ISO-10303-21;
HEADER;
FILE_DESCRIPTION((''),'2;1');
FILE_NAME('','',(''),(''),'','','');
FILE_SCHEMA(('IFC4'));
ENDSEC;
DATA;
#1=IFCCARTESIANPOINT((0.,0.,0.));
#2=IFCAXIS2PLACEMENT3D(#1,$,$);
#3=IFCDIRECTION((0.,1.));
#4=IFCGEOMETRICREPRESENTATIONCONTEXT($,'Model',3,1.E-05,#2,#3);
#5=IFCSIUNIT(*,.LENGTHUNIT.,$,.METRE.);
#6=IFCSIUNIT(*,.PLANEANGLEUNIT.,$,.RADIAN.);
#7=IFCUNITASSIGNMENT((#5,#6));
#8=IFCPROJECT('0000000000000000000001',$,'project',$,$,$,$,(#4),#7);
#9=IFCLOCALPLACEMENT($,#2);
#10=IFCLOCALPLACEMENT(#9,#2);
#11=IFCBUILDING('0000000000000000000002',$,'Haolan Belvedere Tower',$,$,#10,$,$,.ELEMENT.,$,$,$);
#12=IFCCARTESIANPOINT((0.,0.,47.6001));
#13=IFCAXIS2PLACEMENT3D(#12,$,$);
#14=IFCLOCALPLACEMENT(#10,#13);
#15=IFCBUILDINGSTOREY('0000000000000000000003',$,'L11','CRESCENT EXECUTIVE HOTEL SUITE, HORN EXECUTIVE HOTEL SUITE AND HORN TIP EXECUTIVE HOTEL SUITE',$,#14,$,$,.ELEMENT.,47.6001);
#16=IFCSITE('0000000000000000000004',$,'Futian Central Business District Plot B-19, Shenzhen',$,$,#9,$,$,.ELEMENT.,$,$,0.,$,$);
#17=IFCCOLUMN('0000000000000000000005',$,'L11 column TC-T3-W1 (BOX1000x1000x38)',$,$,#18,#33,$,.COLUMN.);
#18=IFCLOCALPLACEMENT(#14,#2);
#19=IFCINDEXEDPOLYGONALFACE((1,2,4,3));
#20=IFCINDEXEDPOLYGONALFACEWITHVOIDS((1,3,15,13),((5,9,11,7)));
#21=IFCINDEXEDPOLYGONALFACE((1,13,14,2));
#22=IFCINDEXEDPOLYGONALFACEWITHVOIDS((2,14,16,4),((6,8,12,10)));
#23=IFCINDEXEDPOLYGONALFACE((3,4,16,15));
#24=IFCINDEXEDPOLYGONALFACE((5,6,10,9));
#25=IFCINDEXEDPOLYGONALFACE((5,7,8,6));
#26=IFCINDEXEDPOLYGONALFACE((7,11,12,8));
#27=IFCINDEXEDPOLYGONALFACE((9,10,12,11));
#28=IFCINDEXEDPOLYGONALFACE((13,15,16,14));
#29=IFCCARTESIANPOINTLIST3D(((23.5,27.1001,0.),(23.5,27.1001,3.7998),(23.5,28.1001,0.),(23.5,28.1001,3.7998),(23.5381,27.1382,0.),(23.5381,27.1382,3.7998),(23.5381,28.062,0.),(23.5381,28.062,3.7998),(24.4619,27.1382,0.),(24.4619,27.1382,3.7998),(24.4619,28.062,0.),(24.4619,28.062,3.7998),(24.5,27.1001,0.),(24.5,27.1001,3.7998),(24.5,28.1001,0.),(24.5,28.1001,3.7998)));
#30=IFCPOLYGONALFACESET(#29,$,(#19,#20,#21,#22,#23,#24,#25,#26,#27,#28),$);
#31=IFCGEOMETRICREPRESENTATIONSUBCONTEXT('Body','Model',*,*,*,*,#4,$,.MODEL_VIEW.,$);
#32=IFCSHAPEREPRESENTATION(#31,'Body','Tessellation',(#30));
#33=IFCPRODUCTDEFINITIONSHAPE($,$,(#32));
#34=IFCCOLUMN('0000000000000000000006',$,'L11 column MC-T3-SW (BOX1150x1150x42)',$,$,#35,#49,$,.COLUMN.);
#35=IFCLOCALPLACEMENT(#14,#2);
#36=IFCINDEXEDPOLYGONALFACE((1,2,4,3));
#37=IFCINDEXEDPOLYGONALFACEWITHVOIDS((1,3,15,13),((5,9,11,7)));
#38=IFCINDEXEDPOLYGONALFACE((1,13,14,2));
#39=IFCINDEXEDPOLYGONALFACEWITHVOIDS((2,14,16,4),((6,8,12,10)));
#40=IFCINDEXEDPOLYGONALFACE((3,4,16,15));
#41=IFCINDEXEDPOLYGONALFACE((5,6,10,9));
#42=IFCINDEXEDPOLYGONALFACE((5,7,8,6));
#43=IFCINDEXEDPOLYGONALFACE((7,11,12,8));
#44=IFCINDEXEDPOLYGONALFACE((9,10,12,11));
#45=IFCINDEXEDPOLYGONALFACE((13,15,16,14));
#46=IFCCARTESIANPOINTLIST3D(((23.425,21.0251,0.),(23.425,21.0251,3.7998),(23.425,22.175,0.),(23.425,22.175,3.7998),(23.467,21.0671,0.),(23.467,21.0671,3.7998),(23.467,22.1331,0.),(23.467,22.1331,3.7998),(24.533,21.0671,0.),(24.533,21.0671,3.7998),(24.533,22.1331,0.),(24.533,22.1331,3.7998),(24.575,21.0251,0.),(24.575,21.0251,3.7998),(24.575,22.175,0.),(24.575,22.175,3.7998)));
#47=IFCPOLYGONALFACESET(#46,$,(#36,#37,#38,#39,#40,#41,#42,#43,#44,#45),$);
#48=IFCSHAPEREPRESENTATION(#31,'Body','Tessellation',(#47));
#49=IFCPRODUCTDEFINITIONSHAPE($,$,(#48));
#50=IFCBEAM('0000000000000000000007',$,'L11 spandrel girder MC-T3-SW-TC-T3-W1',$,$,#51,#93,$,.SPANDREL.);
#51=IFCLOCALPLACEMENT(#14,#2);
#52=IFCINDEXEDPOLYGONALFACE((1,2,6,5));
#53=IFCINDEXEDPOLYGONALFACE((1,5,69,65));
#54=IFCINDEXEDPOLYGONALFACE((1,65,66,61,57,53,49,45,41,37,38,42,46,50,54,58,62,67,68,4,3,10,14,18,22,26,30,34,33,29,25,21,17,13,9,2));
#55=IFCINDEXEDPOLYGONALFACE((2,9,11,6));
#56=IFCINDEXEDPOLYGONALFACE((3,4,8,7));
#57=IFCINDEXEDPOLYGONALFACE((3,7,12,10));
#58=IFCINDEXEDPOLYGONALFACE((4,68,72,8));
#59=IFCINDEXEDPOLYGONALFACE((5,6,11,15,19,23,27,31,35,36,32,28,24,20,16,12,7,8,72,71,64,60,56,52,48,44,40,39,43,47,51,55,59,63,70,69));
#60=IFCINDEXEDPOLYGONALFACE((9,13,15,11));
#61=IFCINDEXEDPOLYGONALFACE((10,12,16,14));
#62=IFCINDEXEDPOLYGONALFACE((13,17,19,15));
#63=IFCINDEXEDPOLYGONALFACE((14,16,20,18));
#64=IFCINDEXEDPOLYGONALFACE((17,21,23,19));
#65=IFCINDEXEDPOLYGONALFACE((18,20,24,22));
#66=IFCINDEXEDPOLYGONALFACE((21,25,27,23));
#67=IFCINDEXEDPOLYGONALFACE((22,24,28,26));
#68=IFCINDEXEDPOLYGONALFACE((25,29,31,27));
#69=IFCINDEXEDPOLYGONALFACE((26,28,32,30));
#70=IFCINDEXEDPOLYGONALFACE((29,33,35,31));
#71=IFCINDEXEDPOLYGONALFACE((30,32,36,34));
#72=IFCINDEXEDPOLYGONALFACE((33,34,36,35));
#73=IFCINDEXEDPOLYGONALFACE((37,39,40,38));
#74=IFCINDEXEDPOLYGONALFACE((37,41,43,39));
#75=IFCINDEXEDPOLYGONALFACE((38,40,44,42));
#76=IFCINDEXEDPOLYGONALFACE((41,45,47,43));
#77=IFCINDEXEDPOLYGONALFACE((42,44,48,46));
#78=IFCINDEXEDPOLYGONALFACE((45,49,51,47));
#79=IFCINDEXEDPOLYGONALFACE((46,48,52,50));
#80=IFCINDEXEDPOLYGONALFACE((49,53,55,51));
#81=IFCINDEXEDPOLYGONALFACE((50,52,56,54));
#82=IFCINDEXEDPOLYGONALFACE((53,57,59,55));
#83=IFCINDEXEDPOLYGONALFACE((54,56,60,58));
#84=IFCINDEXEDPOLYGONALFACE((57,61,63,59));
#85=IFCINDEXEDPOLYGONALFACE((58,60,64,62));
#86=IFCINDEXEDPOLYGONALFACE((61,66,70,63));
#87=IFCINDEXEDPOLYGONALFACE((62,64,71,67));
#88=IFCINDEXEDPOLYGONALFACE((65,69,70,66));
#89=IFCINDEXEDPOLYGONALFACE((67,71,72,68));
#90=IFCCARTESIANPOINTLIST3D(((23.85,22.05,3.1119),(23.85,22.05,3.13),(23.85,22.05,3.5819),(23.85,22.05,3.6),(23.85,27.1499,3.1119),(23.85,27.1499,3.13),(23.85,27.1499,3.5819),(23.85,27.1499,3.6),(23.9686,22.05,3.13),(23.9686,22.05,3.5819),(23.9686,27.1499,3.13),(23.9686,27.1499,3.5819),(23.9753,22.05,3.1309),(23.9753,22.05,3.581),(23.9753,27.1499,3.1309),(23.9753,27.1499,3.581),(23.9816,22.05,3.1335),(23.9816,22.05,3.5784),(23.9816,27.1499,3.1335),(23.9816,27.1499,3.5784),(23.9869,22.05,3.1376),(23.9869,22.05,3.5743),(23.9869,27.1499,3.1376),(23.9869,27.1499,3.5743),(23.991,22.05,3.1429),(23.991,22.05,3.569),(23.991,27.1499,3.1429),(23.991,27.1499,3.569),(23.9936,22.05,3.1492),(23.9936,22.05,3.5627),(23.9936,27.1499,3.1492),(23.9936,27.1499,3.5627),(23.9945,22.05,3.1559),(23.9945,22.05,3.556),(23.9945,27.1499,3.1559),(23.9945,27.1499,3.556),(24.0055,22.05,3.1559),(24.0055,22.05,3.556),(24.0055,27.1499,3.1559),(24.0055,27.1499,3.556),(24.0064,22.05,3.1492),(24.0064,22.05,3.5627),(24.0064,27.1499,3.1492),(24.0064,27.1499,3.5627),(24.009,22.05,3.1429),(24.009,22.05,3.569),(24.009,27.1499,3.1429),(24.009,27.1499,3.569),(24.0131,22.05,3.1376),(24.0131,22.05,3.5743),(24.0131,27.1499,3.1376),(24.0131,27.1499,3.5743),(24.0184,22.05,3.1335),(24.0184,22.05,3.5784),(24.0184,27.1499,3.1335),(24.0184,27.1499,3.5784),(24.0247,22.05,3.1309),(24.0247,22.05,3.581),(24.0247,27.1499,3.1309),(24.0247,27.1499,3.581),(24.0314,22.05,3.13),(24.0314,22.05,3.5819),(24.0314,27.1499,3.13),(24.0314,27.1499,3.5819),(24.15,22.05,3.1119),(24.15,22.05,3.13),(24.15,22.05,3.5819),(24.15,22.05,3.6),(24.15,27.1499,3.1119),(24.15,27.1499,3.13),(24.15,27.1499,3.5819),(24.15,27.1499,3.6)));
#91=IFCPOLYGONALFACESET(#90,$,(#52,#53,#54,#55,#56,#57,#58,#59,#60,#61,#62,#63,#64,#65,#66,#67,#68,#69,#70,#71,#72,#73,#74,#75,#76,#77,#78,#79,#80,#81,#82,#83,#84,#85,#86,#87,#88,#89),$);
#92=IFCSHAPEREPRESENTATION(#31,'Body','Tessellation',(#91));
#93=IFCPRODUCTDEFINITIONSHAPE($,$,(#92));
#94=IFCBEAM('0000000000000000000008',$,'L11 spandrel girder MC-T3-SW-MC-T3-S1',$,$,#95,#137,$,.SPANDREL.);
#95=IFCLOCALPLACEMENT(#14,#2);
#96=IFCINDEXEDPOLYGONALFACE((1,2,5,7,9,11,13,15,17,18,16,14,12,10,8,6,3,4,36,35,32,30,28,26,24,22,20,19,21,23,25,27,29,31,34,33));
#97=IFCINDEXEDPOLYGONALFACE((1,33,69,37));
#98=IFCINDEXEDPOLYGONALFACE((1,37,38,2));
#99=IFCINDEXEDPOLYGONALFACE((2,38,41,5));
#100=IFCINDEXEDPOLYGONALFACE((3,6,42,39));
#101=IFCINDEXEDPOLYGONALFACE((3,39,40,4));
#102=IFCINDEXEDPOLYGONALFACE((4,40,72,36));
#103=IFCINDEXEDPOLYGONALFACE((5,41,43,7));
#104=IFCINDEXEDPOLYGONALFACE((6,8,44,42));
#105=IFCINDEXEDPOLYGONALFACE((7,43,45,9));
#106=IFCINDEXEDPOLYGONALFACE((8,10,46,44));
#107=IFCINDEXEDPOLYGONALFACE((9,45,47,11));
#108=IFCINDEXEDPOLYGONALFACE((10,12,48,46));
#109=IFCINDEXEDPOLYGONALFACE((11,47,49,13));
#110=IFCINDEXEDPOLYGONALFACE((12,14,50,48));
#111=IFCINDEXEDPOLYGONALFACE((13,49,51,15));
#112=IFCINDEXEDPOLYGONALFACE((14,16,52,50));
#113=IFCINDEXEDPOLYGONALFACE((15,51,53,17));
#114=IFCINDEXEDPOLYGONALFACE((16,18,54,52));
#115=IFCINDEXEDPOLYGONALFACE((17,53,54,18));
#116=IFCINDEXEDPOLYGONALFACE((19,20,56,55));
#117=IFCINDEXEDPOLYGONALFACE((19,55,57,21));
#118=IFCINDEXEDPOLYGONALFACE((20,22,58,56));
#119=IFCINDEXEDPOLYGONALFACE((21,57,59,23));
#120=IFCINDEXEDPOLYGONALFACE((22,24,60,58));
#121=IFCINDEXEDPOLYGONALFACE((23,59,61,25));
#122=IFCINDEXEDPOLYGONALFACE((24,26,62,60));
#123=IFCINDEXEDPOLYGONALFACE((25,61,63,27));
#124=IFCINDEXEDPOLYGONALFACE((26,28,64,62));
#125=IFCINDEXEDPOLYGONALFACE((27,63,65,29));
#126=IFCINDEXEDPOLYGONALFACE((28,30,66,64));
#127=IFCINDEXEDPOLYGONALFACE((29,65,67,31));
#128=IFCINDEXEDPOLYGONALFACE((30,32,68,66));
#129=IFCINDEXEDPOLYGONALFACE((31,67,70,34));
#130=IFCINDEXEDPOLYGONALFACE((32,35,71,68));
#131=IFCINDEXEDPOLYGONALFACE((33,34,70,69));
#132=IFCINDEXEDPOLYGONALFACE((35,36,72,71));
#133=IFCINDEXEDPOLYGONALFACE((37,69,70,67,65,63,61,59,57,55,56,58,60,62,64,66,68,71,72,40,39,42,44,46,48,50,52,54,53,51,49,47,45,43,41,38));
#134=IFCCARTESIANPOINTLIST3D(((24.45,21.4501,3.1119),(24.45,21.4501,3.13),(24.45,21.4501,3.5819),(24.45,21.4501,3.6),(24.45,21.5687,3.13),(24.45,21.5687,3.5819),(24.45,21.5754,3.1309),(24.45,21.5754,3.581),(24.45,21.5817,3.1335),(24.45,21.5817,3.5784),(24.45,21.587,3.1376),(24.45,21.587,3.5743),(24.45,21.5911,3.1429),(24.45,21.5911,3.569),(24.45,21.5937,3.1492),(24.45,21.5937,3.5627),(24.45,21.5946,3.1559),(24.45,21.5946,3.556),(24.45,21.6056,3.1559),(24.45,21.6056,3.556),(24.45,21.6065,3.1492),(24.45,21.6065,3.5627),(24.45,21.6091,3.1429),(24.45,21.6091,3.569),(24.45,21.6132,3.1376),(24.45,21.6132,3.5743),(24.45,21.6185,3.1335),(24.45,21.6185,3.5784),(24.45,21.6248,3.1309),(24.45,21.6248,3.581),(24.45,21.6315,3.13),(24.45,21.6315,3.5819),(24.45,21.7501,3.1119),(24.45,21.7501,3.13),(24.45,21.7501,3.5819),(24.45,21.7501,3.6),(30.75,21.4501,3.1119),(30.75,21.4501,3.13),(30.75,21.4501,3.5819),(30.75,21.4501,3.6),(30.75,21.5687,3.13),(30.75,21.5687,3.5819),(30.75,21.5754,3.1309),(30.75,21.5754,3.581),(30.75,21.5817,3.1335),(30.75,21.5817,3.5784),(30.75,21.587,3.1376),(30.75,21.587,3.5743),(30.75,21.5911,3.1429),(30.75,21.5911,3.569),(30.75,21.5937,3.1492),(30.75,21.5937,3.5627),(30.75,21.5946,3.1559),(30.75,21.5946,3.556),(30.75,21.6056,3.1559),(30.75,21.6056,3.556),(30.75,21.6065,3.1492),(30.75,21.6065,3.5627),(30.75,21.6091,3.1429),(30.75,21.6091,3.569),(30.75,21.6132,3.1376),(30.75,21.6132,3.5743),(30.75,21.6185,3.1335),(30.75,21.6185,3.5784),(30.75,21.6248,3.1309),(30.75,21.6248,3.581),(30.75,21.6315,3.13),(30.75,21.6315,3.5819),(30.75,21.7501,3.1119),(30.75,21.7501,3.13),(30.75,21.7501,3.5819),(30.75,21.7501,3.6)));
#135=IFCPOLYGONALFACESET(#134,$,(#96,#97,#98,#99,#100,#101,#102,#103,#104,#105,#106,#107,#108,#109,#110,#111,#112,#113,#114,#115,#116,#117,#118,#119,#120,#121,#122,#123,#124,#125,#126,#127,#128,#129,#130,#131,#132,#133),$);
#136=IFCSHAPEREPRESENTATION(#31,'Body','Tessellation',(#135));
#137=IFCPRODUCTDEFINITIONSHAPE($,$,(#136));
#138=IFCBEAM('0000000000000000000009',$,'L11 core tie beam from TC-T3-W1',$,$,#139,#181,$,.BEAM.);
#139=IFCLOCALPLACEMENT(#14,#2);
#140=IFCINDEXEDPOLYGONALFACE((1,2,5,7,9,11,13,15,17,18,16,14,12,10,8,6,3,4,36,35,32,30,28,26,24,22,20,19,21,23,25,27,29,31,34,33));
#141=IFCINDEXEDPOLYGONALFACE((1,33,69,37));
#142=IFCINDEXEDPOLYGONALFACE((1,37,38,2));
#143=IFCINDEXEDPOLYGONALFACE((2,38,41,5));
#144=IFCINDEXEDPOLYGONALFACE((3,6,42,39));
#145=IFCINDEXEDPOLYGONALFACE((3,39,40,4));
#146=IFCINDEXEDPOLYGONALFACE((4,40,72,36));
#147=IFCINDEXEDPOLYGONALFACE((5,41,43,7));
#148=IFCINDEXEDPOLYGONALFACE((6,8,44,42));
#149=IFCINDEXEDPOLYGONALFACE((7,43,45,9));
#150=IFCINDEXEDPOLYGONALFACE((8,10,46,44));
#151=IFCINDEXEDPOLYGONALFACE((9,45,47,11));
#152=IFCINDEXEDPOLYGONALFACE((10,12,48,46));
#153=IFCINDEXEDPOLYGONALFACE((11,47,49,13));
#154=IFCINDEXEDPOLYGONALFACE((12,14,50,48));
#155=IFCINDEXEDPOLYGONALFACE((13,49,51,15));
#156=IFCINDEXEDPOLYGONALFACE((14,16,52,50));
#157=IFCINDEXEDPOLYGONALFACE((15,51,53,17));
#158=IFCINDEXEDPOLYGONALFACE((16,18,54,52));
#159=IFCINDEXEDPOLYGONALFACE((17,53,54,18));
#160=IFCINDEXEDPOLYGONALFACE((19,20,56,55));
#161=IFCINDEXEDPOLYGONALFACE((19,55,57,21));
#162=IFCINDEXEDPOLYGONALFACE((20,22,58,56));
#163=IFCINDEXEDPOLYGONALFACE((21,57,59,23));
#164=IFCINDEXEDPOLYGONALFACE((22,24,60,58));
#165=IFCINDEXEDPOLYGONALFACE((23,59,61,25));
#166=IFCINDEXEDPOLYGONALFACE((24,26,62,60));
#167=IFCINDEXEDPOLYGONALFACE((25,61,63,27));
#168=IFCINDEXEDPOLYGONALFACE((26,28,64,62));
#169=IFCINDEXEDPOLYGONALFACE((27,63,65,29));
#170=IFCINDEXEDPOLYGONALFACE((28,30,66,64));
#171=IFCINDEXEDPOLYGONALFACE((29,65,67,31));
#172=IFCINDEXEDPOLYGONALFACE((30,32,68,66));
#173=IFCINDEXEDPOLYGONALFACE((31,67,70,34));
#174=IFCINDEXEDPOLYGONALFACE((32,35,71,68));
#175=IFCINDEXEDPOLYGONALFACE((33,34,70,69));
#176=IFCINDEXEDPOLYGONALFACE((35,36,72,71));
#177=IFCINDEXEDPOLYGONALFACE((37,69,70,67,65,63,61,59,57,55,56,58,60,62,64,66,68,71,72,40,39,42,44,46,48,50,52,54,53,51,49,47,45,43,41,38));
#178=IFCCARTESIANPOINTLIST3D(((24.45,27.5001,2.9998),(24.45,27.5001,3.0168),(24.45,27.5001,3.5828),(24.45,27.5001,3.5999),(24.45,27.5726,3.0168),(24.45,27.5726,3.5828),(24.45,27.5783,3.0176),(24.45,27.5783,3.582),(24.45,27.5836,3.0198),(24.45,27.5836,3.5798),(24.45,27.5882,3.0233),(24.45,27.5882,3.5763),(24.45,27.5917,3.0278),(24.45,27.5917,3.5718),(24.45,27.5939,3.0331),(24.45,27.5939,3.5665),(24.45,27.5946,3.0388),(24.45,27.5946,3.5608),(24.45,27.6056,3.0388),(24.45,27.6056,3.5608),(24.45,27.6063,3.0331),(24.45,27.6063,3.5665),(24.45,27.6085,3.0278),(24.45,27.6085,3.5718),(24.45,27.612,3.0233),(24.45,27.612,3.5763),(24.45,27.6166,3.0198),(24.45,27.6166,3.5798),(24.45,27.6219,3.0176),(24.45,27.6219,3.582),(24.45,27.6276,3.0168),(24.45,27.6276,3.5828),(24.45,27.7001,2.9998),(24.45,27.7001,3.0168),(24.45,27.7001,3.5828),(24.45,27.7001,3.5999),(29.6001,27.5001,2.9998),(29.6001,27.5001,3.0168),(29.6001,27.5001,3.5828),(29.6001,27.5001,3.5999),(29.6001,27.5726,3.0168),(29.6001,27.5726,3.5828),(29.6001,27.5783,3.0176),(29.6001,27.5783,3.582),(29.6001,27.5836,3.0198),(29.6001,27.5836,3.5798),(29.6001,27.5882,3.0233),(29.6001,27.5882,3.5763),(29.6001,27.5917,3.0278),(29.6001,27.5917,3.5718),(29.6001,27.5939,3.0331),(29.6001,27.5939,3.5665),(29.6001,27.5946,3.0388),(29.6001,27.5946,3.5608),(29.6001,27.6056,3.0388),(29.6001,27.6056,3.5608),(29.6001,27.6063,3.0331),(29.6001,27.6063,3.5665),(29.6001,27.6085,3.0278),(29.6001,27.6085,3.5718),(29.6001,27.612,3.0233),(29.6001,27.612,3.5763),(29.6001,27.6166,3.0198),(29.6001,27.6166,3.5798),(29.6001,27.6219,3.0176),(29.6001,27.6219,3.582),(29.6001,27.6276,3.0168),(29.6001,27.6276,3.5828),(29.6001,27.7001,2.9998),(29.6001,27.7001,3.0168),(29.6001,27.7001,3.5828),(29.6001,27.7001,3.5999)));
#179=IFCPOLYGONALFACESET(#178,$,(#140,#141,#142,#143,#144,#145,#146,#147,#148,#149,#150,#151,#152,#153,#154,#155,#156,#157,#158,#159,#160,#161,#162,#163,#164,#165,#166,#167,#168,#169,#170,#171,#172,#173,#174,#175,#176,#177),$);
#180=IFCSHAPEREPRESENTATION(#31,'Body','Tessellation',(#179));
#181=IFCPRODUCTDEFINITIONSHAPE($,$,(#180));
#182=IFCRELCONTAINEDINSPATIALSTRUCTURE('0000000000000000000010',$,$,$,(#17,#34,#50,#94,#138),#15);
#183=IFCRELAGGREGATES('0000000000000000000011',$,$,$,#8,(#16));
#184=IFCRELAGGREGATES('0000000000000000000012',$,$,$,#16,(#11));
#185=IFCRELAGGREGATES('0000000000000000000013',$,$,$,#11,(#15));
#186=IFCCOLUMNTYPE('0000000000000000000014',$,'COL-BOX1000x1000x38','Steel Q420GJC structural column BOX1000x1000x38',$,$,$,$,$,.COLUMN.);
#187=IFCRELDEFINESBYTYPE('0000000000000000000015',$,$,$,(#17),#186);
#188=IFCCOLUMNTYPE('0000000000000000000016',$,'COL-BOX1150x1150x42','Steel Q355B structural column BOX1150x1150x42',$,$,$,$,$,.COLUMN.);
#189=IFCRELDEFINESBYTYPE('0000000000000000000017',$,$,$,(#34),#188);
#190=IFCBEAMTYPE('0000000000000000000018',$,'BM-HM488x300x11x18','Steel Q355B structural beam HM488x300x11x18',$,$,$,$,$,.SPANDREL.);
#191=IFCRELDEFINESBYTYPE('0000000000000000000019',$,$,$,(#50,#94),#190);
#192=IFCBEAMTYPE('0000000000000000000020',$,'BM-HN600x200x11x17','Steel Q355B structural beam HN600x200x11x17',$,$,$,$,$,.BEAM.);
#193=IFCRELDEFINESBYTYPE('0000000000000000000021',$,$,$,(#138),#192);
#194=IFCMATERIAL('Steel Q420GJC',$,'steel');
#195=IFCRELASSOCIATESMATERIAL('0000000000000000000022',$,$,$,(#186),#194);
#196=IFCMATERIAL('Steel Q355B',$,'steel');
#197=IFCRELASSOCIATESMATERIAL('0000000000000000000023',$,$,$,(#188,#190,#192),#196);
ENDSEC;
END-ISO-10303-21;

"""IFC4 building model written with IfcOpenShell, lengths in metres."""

from ifc_helpers import new_model, si_unit, direction, frame, origin, origin_2d, place, context, subcontext, project, spatial, hollow_rectangle, i_section, extrude, material, material_profile, profile_set, type_object, element, save


model = new_model("IFC4")

# Units and contexts
model_context = context("Model", 3, precision=1e-05, world=origin(), true_north=direction((0.0, 1.0)))
body_context = subcontext(model_context, "Body", "Model", "MODEL_VIEW")
ifc_project = project(units=[si_unit("LENGTHUNIT", "METRE"), si_unit("PLANEANGLEUNIT", "RADIAN")], contexts=[model_context])

# Site, building, storey
site_placement = place(None, origin())
site = spatial("IfcSite", under=ifc_project, at=site_placement, Name="Futian Central Business District Plot B-19, Shenzhen", CompositionType="ELEMENT", RefElevation=0.0)
building_placement = place(site_placement, origin())
building = spatial("IfcBuilding", under=site, at=building_placement, Name="Haolan Belvedere Tower", CompositionType="ELEMENT")
storey_placement = place(building_placement, frame((0.0, 0.0, 47.6001)))
storey = spatial("IfcBuildingStorey", under=building, at=storey_placement, Name="L11", Description="CRESCENT EXECUTIVE HOTEL SUITE, HORN EXECUTIVE HOTEL SUITE AND HORN TIP EXECUTIVE HOTEL SUITE", CompositionType="ELEMENT", Elevation=47.6001)

# Columns
ifc_material_1 = material(Name="Steel Q420GJC", Category="steel")
ifc_material_profile_1 = material_profile(ifc_material_1, hollow_rectangle(XDim=1.0, YDim=1.0, WallThickness=0.0381, at=origin_2d()), Name="Steel Q420GJC")
ifc_profile_set_1 = profile_set([ifc_material_profile_1], Name="Steel Q420GJC")
column_type_1 = type_object("IfcColumnType", Name="COL-BOX1000x1000x38", Description="Steel Q420GJC structural column BOX1000x1000x38", PredefinedType="COLUMN", material=ifc_profile_set_1)
column_1_placement = place(storey_placement, frame((24.0, 27.6001, 0.0), z_axis=(0.0, 0.0, 1.0), x_axis=(1.0, 0.0, 0.0)))
element("IfcColumn", 1, at=column_1_placement, inside=storey, type_object=column_type_1, Name="L11 column TC-T3-W1 (BOX1000x1000x38)", PredefinedType="COLUMN", context=body_context, shape_type="SweptSolid", body=[
    extrude(hollow_rectangle(XDim=1.0, YDim=1.0, WallThickness=0.0381, at=origin_2d()), origin(), (0.0, 0.0, 1.0), 3.7998),
])
ifc_material_2 = material(Name="Steel Q355B", Category="steel")
ifc_material_profile_2 = material_profile(ifc_material_2, hollow_rectangle(XDim=1.1499, YDim=1.1499, WallThickness=0.042, at=origin_2d()), Name="Steel Q355B")
ifc_profile_set_2 = profile_set([ifc_material_profile_2], Name="Steel Q355B")
column_type_2 = type_object("IfcColumnType", Name="COL-BOX1150x1150x42", Description="Steel Q355B structural column BOX1150x1150x42", PredefinedType="COLUMN", material=ifc_profile_set_2)
column_2_placement = place(storey_placement, frame((24.0, 21.6001, 0.0), z_axis=(0.0, 0.0, 1.0), x_axis=(1.0, 0.0, 0.0)))
element("IfcColumn", 2, at=column_2_placement, inside=storey, type_object=column_type_2, Name="L11 column MC-T3-SW (BOX1150x1150x42)", PredefinedType="COLUMN", context=body_context, shape_type="SweptSolid", body=[
    extrude(hollow_rectangle(XDim=1.1499, YDim=1.1499, WallThickness=0.042, at=origin_2d()), origin(), (0.0, 0.0, 1.0), 3.7998),
])

# Beams
ifc_material_profile_3 = material_profile(ifc_material_2, i_section(OverallWidth=0.3, OverallDepth=0.488, WebThickness=0.011, FlangeThickness=0.0181, FilletRadius=0.0259, at=origin_2d()), Name="Steel Q355B")
ifc_profile_set_3 = profile_set([ifc_material_profile_3], Name="Steel Q355B")
beam_type_1 = type_object("IfcBeamType", Name="BM-HM488x300x11x18", Description="Steel Q355B structural beam HM488x300x11x18", PredefinedType="SPANDREL", material=ifc_profile_set_3)
beam_1_placement = place(storey_placement, frame((24.0, 22.05, 3.356), z_axis=(0.0, 1.0, 0.0), x_axis=(-1.0, 0.0, 0.0)))
element("IfcBeam", 3, at=beam_1_placement, inside=storey, type_object=beam_type_1, Name="L11 spandrel girder MC-T3-SW-TC-T3-W1", PredefinedType="SPANDREL", context=body_context, shape_type="SweptSolid", body=[
    extrude(i_section(OverallWidth=0.3, OverallDepth=0.488, WebThickness=0.011, FlangeThickness=0.0181, FilletRadius=0.0259, at=origin_2d()), origin(), (0.0, 0.0, 1.0), 5.0999),
])
beam_2_placement = place(storey_placement, frame((24.45, 21.6001, 3.356), z_axis=(1.0, 0.0, 0.0), x_axis=(0.0, 1.0, 0.0)))
element("IfcBeam", 4, at=beam_2_placement, inside=storey, type_object=beam_type_1, Name="L11 spandrel girder MC-T3-SW-MC-T3-S1", PredefinedType="SPANDREL", context=body_context, shape_type="SweptSolid", body=[
    extrude(i_section(OverallWidth=0.3, OverallDepth=0.488, WebThickness=0.011, FlangeThickness=0.0181, FilletRadius=0.0259, at=origin_2d()), origin(), (0.0, 0.0, 1.0), 6.3),
])
ifc_material_profile_4 = material_profile(ifc_material_2, i_section(OverallWidth=0.2, OverallDepth=0.6001, WebThickness=0.011, FlangeThickness=0.0171, FilletRadius=0.022, at=origin_2d()), Name="Steel Q355B")
ifc_profile_set_4 = profile_set([ifc_material_profile_4], Name="Steel Q355B")
beam_type_2 = type_object("IfcBeamType", Name="BM-HN600x200x11x17", Description="Steel Q355B structural beam HN600x200x11x17", PredefinedType="BEAM", material=ifc_profile_set_4)
beam_3_placement = place(storey_placement, frame((24.45, 27.6001, 3.2998), z_axis=(1.0, 0.0, 0.0), x_axis=(0.0, 1.0, 0.0)))
element("IfcBeam", 5, at=beam_3_placement, inside=storey, type_object=beam_type_2, Name="L11 core tie beam from TC-T3-W1", PredefinedType="BEAM", context=body_context, shape_type="SweptSolid", body=[
    extrude(i_section(OverallWidth=0.2, OverallDepth=0.6001, WebThickness=0.011, FlangeThickness=0.0171, FilletRadius=0.022, at=origin_2d()), origin(), (0.0, 0.0, 1.0), 5.1501),
])

save(model, "model.ifc")
